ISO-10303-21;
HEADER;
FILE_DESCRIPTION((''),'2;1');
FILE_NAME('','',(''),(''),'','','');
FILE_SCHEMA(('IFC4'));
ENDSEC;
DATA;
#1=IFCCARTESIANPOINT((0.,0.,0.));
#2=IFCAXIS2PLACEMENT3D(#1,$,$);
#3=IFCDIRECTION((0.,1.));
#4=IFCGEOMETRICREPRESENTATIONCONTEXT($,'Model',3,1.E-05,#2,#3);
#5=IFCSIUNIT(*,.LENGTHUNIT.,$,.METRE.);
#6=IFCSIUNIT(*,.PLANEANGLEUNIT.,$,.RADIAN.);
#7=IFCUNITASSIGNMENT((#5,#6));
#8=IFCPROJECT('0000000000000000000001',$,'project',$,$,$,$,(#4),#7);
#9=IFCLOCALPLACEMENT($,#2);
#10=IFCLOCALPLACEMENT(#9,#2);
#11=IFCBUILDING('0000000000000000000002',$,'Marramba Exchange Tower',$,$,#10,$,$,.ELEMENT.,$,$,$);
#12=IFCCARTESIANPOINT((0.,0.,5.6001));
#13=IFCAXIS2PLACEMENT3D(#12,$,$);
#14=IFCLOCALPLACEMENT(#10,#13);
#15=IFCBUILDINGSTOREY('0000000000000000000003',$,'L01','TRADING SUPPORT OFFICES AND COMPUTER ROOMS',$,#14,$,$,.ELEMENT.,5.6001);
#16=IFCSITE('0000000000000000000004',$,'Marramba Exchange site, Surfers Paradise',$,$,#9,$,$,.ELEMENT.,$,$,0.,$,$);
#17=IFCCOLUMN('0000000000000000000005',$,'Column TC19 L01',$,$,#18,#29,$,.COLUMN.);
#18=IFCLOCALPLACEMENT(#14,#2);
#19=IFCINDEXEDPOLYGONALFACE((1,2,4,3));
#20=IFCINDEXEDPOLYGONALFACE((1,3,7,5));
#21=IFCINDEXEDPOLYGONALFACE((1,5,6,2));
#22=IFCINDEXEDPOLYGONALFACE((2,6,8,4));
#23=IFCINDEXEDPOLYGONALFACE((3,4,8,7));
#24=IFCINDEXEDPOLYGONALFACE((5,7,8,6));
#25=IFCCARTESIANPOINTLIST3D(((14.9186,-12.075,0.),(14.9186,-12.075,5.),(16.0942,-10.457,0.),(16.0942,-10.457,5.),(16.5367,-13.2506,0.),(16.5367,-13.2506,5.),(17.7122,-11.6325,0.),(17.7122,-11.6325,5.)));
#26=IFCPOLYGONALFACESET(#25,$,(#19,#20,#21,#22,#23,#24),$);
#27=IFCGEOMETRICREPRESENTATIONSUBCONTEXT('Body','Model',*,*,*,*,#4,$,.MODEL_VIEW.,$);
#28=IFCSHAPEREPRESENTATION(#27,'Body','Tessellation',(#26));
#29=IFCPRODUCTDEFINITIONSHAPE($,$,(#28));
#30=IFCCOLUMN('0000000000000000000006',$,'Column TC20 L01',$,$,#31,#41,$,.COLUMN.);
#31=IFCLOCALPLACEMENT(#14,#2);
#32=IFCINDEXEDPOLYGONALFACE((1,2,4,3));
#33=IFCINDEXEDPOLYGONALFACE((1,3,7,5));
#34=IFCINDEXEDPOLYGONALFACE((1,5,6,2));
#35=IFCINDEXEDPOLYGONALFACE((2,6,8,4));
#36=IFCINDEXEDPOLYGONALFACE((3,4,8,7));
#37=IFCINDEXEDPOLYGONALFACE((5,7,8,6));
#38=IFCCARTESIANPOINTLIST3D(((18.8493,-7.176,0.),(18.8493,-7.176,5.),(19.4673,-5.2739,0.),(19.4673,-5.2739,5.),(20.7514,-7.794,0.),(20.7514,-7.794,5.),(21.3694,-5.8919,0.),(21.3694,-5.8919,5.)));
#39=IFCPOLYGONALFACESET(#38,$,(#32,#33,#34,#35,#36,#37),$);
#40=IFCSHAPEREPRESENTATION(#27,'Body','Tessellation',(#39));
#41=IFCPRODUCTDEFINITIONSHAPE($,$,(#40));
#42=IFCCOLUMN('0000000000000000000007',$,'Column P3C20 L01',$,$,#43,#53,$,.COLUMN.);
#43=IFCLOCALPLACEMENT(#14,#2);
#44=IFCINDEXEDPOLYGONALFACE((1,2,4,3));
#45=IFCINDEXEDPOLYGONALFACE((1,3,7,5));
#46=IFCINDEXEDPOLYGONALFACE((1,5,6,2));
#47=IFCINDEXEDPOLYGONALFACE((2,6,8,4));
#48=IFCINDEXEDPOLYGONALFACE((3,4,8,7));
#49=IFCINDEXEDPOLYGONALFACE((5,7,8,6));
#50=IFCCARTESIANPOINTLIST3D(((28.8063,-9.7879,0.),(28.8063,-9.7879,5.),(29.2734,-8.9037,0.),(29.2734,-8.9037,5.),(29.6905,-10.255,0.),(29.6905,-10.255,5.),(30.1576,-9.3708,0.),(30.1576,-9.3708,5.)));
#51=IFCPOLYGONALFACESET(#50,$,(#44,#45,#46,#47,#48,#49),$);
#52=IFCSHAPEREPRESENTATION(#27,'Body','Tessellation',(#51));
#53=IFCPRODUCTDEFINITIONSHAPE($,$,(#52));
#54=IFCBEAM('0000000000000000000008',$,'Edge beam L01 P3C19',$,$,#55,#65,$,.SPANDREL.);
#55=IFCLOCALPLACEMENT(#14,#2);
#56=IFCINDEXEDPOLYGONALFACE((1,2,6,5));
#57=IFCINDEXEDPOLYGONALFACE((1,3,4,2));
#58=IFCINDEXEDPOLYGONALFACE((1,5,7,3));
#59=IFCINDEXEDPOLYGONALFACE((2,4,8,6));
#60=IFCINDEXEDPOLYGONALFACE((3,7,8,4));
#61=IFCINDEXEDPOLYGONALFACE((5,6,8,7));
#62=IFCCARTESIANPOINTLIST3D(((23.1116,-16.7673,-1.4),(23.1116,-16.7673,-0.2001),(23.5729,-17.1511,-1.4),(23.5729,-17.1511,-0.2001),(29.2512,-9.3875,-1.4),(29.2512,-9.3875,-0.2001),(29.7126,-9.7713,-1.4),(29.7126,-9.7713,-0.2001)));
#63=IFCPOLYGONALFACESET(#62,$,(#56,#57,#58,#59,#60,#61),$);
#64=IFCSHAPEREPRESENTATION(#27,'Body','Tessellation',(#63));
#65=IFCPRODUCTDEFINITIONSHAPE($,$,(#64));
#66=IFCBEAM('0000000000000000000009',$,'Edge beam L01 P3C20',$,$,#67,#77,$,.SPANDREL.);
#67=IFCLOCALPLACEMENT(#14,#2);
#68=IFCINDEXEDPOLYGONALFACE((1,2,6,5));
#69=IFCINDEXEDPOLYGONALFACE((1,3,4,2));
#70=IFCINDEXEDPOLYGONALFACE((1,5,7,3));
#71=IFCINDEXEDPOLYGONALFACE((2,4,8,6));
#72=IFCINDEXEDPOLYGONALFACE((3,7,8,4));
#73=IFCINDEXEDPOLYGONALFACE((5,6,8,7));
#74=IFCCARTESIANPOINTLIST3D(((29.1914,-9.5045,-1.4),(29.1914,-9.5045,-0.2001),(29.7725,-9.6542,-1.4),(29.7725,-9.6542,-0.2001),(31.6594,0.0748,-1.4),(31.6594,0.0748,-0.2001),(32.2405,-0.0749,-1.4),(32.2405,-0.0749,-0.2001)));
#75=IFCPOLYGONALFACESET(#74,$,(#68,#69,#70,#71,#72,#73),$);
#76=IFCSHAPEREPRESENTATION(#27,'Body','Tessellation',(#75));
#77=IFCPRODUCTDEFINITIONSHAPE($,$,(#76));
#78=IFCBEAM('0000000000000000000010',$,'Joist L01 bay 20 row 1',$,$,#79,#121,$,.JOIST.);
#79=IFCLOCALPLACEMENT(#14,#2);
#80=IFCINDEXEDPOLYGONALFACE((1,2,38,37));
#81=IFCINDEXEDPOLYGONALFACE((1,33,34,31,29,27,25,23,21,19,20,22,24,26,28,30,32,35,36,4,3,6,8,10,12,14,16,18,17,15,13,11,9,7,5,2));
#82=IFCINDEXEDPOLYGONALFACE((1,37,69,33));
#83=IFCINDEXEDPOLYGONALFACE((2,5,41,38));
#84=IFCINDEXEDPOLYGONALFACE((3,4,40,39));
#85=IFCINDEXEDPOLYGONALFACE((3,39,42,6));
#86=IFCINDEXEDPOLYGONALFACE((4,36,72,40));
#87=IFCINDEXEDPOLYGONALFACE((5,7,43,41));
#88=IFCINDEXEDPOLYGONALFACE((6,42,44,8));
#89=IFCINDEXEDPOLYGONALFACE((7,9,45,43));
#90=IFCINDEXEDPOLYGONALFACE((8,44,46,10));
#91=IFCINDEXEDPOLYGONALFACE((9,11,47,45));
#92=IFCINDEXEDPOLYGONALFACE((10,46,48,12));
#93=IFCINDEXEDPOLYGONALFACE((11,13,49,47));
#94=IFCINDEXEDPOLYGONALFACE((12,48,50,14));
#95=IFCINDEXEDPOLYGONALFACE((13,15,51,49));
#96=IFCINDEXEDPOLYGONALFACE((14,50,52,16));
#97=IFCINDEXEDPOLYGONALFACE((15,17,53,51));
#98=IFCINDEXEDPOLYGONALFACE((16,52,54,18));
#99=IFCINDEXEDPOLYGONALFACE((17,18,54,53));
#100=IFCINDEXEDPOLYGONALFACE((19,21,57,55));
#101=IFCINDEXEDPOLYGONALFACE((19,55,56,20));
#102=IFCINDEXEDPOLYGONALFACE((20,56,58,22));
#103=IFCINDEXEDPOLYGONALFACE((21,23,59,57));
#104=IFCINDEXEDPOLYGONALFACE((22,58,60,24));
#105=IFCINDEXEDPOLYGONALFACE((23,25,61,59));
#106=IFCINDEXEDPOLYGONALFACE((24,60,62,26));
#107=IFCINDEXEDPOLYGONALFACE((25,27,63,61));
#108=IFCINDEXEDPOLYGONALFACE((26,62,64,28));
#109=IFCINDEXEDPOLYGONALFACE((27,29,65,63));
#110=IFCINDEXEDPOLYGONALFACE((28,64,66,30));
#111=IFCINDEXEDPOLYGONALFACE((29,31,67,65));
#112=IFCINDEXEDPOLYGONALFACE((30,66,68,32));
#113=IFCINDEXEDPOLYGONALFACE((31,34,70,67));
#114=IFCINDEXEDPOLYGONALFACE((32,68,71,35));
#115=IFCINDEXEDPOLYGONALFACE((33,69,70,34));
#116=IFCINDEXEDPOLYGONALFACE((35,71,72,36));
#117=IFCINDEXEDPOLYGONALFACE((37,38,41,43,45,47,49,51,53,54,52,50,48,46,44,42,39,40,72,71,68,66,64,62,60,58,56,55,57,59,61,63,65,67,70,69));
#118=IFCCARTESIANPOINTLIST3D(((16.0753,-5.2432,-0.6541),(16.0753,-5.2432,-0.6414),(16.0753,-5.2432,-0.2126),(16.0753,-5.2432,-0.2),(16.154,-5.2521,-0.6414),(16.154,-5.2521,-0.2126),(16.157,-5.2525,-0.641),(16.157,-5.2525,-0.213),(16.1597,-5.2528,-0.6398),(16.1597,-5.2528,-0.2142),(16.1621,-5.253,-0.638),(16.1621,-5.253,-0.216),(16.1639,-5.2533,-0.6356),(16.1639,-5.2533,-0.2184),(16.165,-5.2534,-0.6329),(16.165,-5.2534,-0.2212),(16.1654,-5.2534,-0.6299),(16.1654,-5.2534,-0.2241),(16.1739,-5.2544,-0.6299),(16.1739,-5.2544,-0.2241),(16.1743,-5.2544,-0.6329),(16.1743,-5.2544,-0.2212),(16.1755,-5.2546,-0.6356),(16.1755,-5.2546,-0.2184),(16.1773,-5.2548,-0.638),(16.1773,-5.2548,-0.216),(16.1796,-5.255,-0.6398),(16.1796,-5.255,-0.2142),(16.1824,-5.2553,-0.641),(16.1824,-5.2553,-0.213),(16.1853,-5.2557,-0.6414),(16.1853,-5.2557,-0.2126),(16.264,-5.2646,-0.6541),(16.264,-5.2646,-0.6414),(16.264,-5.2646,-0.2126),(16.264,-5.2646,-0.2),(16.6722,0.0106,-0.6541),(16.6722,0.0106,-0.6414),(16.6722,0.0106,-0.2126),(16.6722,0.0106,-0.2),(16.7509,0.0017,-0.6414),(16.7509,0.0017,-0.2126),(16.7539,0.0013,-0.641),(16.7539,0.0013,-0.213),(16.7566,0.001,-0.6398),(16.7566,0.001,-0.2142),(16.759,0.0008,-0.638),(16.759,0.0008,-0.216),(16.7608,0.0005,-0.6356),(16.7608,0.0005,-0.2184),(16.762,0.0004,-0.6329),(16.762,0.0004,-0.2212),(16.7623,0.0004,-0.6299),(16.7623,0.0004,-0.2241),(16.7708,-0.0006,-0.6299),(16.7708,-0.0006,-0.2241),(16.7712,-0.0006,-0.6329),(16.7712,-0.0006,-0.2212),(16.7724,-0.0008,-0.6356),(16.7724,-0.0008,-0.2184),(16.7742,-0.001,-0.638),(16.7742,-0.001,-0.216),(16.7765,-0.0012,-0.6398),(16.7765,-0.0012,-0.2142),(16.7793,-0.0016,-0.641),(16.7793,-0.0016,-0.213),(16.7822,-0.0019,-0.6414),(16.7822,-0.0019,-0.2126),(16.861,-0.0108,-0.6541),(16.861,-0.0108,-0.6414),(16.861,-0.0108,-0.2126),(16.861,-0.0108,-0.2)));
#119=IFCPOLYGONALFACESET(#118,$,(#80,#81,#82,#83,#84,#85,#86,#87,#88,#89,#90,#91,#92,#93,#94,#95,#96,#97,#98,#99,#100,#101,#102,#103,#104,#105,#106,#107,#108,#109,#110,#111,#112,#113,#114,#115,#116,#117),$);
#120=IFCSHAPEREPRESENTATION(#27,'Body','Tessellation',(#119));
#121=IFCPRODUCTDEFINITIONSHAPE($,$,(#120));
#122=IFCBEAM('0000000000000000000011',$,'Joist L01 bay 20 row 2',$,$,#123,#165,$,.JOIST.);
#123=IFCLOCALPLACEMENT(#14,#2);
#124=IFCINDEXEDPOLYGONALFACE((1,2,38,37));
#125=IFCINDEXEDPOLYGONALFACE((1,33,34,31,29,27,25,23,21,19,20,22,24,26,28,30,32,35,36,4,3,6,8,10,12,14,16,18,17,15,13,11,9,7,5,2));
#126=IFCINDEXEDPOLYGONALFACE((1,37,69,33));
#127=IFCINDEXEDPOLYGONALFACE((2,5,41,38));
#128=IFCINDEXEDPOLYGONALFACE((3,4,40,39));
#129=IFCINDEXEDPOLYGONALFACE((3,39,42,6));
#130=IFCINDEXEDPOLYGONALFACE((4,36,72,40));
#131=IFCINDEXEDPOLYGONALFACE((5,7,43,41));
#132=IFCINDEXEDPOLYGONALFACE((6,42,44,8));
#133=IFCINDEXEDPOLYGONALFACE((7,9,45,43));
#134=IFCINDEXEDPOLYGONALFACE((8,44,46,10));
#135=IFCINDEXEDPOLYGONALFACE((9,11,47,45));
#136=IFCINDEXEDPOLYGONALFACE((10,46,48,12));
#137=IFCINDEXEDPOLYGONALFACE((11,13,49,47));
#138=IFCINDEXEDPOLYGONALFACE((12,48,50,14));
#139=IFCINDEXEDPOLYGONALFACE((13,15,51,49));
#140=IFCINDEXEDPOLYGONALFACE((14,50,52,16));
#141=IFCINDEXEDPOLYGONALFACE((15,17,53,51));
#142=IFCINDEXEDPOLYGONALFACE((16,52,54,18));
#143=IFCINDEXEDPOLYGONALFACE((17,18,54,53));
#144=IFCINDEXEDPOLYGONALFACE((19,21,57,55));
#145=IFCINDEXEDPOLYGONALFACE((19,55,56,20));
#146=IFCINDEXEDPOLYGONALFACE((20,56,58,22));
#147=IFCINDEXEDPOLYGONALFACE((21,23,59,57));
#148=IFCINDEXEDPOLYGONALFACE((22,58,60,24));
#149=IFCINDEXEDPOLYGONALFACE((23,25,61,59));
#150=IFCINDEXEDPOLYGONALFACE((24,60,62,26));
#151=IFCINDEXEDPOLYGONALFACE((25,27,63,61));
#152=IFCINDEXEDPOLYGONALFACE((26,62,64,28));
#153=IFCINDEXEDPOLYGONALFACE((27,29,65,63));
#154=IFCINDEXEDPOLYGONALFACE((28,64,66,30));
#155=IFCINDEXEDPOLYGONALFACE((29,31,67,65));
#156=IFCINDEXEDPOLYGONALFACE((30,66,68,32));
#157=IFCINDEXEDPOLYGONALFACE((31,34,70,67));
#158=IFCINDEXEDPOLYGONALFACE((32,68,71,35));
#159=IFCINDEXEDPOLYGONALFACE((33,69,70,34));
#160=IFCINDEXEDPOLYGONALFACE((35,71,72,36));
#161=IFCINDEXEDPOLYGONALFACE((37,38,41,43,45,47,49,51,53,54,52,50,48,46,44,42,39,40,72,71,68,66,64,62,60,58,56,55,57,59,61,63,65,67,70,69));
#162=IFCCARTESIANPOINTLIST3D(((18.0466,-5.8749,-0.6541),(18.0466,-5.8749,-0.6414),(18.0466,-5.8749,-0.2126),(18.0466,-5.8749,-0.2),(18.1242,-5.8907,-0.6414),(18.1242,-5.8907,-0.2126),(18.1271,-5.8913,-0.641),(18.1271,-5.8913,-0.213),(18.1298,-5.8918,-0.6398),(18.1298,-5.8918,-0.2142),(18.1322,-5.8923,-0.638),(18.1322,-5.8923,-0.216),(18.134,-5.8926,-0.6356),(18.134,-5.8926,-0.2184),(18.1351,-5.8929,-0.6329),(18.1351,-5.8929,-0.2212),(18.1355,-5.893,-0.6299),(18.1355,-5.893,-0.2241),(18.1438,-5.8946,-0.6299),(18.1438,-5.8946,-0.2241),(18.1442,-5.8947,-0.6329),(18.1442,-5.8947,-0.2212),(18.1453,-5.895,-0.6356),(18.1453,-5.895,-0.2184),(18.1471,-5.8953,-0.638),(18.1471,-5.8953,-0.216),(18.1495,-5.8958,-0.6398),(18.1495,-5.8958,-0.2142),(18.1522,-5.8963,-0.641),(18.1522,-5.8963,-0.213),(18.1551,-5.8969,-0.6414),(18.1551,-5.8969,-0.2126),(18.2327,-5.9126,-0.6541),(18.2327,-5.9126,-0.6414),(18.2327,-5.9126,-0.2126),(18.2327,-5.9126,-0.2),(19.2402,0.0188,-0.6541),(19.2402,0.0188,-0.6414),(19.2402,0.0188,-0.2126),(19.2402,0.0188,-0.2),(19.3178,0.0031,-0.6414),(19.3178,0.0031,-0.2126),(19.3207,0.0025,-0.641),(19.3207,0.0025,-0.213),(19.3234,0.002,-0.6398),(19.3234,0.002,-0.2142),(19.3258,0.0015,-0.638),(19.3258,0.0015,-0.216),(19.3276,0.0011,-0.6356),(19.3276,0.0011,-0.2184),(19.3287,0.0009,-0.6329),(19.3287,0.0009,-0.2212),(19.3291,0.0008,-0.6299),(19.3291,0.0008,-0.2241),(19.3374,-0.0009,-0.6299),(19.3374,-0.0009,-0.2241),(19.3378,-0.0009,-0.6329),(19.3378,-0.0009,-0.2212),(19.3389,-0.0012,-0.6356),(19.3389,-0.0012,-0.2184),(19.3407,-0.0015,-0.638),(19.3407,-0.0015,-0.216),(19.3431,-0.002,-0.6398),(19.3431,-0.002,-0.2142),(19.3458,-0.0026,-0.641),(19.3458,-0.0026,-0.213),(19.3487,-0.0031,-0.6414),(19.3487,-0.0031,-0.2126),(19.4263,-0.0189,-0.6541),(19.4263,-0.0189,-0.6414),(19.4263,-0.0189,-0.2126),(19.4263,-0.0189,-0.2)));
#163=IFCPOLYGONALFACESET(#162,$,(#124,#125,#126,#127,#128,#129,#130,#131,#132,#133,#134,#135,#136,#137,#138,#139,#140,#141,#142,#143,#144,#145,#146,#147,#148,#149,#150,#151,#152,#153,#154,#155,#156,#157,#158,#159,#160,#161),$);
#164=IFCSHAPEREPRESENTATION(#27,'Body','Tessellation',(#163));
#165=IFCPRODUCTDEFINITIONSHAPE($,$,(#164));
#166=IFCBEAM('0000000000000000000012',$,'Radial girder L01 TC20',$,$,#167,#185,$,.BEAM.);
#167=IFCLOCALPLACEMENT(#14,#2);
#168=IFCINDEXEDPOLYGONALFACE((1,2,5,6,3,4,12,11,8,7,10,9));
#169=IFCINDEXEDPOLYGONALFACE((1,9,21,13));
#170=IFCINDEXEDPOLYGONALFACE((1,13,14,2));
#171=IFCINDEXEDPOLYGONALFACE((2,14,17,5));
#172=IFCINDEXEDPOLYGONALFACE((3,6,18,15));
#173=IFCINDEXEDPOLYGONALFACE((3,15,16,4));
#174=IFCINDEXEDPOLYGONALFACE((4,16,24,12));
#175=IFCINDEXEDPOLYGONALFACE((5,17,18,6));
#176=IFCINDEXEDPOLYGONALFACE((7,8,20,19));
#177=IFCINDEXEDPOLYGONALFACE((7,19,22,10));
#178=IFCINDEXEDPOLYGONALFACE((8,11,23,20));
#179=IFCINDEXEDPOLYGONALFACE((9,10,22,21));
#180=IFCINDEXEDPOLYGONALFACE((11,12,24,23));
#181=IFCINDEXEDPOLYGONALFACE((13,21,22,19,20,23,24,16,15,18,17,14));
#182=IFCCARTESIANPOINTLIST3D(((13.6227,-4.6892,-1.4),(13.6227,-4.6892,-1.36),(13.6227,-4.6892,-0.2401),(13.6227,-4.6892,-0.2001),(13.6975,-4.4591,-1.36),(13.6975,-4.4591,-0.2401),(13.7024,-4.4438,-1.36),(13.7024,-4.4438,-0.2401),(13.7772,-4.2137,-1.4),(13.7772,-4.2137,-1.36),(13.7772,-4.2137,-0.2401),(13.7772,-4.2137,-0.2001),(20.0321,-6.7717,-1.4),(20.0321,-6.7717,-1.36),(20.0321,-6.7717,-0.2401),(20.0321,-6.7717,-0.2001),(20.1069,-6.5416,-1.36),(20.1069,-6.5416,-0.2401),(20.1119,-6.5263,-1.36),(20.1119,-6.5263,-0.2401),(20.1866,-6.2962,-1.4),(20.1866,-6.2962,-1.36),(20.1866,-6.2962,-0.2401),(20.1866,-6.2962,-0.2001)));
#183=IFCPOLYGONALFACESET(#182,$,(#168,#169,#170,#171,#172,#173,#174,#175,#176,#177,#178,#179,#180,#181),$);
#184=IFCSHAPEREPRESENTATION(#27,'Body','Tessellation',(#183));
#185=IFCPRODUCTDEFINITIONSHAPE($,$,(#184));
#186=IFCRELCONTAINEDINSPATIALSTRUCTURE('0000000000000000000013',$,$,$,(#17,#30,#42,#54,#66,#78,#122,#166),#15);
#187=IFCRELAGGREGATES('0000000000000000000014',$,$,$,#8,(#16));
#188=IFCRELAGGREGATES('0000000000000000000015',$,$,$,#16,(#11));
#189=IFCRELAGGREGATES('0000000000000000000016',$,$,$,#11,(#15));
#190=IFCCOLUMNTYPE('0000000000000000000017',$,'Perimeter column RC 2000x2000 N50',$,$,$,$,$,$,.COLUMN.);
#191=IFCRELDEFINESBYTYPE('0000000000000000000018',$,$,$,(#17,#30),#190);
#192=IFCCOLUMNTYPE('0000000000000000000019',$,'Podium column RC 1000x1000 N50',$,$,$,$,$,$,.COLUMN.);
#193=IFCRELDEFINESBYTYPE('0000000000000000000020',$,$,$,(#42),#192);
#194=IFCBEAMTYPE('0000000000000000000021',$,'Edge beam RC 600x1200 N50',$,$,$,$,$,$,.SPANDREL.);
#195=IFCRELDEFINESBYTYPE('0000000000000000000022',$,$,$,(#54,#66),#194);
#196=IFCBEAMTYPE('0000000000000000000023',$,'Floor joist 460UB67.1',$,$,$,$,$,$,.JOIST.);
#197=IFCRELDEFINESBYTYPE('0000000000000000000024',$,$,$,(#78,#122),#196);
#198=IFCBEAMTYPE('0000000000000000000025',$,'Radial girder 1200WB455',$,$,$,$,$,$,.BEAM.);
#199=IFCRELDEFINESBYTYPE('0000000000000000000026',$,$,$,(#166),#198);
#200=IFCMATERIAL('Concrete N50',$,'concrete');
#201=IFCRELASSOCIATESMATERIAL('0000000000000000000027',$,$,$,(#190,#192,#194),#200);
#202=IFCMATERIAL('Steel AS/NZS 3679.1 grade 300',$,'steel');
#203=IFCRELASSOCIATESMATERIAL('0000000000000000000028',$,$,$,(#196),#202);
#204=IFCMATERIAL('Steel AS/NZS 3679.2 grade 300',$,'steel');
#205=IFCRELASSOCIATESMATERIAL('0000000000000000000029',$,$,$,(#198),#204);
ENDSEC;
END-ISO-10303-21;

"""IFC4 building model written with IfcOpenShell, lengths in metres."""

from ifc_helpers import new_model, si_unit, direction, frame, origin, origin_2d, place, context, subcontext, project, spatial, rectangle, i_section, extrude, material, material_profile, profile_set, type_object, element, save


model = new_model("IFC4")

# Units and contexts
model_context = context("Model", 3, precision=1e-05, world=origin(), true_north=direction((0.0, 1.0)))
body_context = subcontext(model_context, "Body", "Model", "MODEL_VIEW")
ifc_project = project(units=[si_unit("LENGTHUNIT", "METRE"), si_unit("PLANEANGLEUNIT", "RADIAN")], contexts=[model_context])

# Site, building, storey
site_placement = place(None, origin())
site = spatial("IfcSite", under=ifc_project, at=site_placement, Name="Marramba Exchange site, Surfers Paradise", CompositionType="ELEMENT", RefElevation=0.0)
building_placement = place(site_placement, origin())
building = spatial("IfcBuilding", under=site, at=building_placement, Name="Marramba Exchange Tower", CompositionType="ELEMENT")
storey_placement = place(building_placement, frame((0.0, 0.0, 5.6001)))
storey = spatial("IfcBuildingStorey", under=building, at=storey_placement, Name="L01", Description="TRADING SUPPORT OFFICES AND COMPUTER ROOMS", CompositionType="ELEMENT", Elevation=5.6001)

# Columns
ifc_material_1 = material(Name="Concrete N50", Category="concrete")
ifc_material_profile_1 = material_profile(ifc_material_1, rectangle(XDim=2.0, YDim=2.0, at=origin_2d()), Name="RC 2000x2000")
ifc_profile_set_1 = profile_set([ifc_material_profile_1], Name="Concrete N50")
column_type_1 = type_object("IfcColumnType", Name="Perimeter column RC 2000x2000 N50", PredefinedType="COLUMN", material=ifc_profile_set_1)
for number, where, z_axis, x_axis, name in (
    (1, (16.3154, -11.8538, 0.0), (0.0, 0.0, 1.0), (0.809017, -0.587785, 0.0), "Column TC19 L01"),
    (2, (20.1094, -6.5339, 0.0), (0.0, 0.0, 1.0), (0.951057, -0.309017, 0.0), "Column TC20 L01"),
):
    element("IfcColumn", number, at=place(storey_placement, frame(where, z_axis=z_axis, x_axis=x_axis)), inside=storey, type_object=column_type_1, Name=name, PredefinedType="COLUMN", context=body_context, shape_type="SweptSolid", body=[
        extrude(rectangle(XDim=2.0, YDim=2.0, at=origin_2d()), origin(), (0.0, 0.0, 1.0), 5.0),
    ])
ifc_material_profile_2 = material_profile(ifc_material_1, rectangle(XDim=1.0, YDim=1.0, at=origin_2d()), Name="RC 1000x1000")
ifc_profile_set_2 = profile_set([ifc_material_profile_2], Name="Concrete N50")
column_type_2 = type_object("IfcColumnType", Name="Podium column RC 1000x1000 N50", PredefinedType="COLUMN", material=ifc_profile_set_2)
column_placement = place(storey_placement, frame((29.4819, -9.5793, 0.0), z_axis=(0.0, 0.0, 1.0), x_axis=(0.884188, -0.467131, 0.0)))
element("IfcColumn", 3, at=column_placement, inside=storey, type_object=column_type_2, Name="Column P3C20 L01", PredefinedType="COLUMN", context=body_context, shape_type="SweptSolid", body=[
    extrude(rectangle(XDim=1.0, YDim=1.0, at=origin_2d()), origin(), (0.0, 0.0, 1.0), 5.0),
])

# Beams
ifc_material_profile_3 = material_profile(ifc_material_1, rectangle(XDim=0.6001, YDim=1.2, at=origin_2d()), Name="RC 600x1200")
ifc_profile_set_3 = profile_set([ifc_material_profile_3], Name="Concrete N50")
beam_type_1 = type_object("IfcBeamType", Name="Edge beam RC 600x1200 N50", PredefinedType="SPANDREL", material=ifc_profile_set_3)
beam_1_placement = place(storey_placement, frame((23.3423, -16.9592, -0.8), z_axis=(0.639554, 0.768746, 0.0), x_axis=(-0.768746, 0.639554, 0.0)))
element("IfcBeam", 4, at=beam_1_placement, inside=storey, type_object=beam_type_1, Name="Edge beam L01 P3C19", PredefinedType="SPANDREL", context=body_context, shape_type="SweptSolid", body=[
    extrude(rectangle(XDim=0.6001, YDim=1.2, at=origin_2d()), origin(), (0.0, 0.0, 1.0), 9.5999),
])
beam_2_placement = place(storey_placement, frame((29.4819, -9.5793, -0.8), z_axis=(0.249492, 0.968377, 0.0), x_axis=(-0.968377, 0.249492, 0.0)))
element("IfcBeam", 5, at=beam_2_placement, inside=storey, type_object=beam_type_1, Name="Edge beam L01 P3C20", PredefinedType="SPANDREL", context=body_context, shape_type="SweptSolid", body=[
    extrude(rectangle(XDim=0.6001, YDim=1.2, at=origin_2d()), origin(), (0.0, 0.0, 1.0), 9.8921),
])
ifc_material_2 = material(Name="Steel AS/NZS 3679.1 grade 300", Category="steel")
ifc_material_profile_4 = material_profile(ifc_material_2, i_section(OverallWidth=0.1899, OverallDepth=0.4541, WebThickness=0.0085, FlangeThickness=0.0127, FilletRadius=0.0115, at=origin_2d()), Name="460UB67.1")
ifc_profile_set_4 = profile_set([ifc_material_profile_4], Name="Steel AS/NZS 3679.1 grade 300")
beam_type_2 = type_object("IfcBeamType", Name="Floor joist 460UB67.1", PredefinedType="JOIST", material=ifc_profile_set_4)
beam_3_placement = place(storey_placement, frame((16.1697, -5.2539, -0.427), z_axis=(0.112889, 0.993608, 0.0), x_axis=(-0.993608, 0.112889, 0.0)))
element("IfcBeam", 6, at=beam_3_placement, inside=storey, type_object=beam_type_2, Name="Joist L01 bay 20 row 1", PredefinedType="JOIST", context=body_context, shape_type="SweptSolid", body=[
    extrude(i_section(OverallWidth=0.1899, OverallDepth=0.4541, WebThickness=0.0085, FlangeThickness=0.0127, FilletRadius=0.0115, at=origin_2d()), origin(), (0.0, 0.0, 1.0), 5.2876),
])
beam_4_placement = place(storey_placement, frame((18.1396, -5.8938, -0.427), z_axis=(0.198489, 0.980103, 0.0), x_axis=(-0.980103, 0.198489, 0.0)))
element("IfcBeam", 7, at=beam_4_placement, inside=storey, type_object=beam_type_2, Name="Joist L01 bay 20 row 2", PredefinedType="JOIST", context=body_context, shape_type="SweptSolid", body=[
    extrude(i_section(OverallWidth=0.1899, OverallDepth=0.4541, WebThickness=0.0085, FlangeThickness=0.0127, FilletRadius=0.0115, at=origin_2d()), origin(), (0.0, 0.0, 1.0), 6.0134),
])
ifc_material_3 = material(Name="Steel AS/NZS 3679.2 grade 300", Category="steel")
ifc_material_profile_5 = material_profile(ifc_material_3, i_section(OverallWidth=0.5, OverallDepth=1.2, WebThickness=0.0161, FlangeThickness=0.04, at=origin_2d()), Name="1200WB455")
ifc_profile_set_5 = profile_set([ifc_material_profile_5], Name="Steel AS/NZS 3679.2 grade 300")
beam_type_3 = type_object("IfcBeamType", Name="Radial girder 1200WB455", PredefinedType="BEAM", material=ifc_profile_set_5)
beam_5_placement = place(storey_placement, frame((13.7, -4.4514, -0.8), z_axis=(0.951058, -0.309013, 0.0), x_axis=(0.309013, 0.951058, 0.0)))
element("IfcBeam", 8, at=beam_5_placement, inside=storey, type_object=beam_type_3, Name="Radial girder L01 TC20", PredefinedType="BEAM", context=body_context, shape_type="SweptSolid", body=[
    extrude(i_section(OverallWidth=0.5, OverallDepth=1.2, WebThickness=0.0161, FlangeThickness=0.04, at=origin_2d()), origin(), (0.0, 0.0, 1.0), 6.7393),
])

save(model, "model.ifc")
